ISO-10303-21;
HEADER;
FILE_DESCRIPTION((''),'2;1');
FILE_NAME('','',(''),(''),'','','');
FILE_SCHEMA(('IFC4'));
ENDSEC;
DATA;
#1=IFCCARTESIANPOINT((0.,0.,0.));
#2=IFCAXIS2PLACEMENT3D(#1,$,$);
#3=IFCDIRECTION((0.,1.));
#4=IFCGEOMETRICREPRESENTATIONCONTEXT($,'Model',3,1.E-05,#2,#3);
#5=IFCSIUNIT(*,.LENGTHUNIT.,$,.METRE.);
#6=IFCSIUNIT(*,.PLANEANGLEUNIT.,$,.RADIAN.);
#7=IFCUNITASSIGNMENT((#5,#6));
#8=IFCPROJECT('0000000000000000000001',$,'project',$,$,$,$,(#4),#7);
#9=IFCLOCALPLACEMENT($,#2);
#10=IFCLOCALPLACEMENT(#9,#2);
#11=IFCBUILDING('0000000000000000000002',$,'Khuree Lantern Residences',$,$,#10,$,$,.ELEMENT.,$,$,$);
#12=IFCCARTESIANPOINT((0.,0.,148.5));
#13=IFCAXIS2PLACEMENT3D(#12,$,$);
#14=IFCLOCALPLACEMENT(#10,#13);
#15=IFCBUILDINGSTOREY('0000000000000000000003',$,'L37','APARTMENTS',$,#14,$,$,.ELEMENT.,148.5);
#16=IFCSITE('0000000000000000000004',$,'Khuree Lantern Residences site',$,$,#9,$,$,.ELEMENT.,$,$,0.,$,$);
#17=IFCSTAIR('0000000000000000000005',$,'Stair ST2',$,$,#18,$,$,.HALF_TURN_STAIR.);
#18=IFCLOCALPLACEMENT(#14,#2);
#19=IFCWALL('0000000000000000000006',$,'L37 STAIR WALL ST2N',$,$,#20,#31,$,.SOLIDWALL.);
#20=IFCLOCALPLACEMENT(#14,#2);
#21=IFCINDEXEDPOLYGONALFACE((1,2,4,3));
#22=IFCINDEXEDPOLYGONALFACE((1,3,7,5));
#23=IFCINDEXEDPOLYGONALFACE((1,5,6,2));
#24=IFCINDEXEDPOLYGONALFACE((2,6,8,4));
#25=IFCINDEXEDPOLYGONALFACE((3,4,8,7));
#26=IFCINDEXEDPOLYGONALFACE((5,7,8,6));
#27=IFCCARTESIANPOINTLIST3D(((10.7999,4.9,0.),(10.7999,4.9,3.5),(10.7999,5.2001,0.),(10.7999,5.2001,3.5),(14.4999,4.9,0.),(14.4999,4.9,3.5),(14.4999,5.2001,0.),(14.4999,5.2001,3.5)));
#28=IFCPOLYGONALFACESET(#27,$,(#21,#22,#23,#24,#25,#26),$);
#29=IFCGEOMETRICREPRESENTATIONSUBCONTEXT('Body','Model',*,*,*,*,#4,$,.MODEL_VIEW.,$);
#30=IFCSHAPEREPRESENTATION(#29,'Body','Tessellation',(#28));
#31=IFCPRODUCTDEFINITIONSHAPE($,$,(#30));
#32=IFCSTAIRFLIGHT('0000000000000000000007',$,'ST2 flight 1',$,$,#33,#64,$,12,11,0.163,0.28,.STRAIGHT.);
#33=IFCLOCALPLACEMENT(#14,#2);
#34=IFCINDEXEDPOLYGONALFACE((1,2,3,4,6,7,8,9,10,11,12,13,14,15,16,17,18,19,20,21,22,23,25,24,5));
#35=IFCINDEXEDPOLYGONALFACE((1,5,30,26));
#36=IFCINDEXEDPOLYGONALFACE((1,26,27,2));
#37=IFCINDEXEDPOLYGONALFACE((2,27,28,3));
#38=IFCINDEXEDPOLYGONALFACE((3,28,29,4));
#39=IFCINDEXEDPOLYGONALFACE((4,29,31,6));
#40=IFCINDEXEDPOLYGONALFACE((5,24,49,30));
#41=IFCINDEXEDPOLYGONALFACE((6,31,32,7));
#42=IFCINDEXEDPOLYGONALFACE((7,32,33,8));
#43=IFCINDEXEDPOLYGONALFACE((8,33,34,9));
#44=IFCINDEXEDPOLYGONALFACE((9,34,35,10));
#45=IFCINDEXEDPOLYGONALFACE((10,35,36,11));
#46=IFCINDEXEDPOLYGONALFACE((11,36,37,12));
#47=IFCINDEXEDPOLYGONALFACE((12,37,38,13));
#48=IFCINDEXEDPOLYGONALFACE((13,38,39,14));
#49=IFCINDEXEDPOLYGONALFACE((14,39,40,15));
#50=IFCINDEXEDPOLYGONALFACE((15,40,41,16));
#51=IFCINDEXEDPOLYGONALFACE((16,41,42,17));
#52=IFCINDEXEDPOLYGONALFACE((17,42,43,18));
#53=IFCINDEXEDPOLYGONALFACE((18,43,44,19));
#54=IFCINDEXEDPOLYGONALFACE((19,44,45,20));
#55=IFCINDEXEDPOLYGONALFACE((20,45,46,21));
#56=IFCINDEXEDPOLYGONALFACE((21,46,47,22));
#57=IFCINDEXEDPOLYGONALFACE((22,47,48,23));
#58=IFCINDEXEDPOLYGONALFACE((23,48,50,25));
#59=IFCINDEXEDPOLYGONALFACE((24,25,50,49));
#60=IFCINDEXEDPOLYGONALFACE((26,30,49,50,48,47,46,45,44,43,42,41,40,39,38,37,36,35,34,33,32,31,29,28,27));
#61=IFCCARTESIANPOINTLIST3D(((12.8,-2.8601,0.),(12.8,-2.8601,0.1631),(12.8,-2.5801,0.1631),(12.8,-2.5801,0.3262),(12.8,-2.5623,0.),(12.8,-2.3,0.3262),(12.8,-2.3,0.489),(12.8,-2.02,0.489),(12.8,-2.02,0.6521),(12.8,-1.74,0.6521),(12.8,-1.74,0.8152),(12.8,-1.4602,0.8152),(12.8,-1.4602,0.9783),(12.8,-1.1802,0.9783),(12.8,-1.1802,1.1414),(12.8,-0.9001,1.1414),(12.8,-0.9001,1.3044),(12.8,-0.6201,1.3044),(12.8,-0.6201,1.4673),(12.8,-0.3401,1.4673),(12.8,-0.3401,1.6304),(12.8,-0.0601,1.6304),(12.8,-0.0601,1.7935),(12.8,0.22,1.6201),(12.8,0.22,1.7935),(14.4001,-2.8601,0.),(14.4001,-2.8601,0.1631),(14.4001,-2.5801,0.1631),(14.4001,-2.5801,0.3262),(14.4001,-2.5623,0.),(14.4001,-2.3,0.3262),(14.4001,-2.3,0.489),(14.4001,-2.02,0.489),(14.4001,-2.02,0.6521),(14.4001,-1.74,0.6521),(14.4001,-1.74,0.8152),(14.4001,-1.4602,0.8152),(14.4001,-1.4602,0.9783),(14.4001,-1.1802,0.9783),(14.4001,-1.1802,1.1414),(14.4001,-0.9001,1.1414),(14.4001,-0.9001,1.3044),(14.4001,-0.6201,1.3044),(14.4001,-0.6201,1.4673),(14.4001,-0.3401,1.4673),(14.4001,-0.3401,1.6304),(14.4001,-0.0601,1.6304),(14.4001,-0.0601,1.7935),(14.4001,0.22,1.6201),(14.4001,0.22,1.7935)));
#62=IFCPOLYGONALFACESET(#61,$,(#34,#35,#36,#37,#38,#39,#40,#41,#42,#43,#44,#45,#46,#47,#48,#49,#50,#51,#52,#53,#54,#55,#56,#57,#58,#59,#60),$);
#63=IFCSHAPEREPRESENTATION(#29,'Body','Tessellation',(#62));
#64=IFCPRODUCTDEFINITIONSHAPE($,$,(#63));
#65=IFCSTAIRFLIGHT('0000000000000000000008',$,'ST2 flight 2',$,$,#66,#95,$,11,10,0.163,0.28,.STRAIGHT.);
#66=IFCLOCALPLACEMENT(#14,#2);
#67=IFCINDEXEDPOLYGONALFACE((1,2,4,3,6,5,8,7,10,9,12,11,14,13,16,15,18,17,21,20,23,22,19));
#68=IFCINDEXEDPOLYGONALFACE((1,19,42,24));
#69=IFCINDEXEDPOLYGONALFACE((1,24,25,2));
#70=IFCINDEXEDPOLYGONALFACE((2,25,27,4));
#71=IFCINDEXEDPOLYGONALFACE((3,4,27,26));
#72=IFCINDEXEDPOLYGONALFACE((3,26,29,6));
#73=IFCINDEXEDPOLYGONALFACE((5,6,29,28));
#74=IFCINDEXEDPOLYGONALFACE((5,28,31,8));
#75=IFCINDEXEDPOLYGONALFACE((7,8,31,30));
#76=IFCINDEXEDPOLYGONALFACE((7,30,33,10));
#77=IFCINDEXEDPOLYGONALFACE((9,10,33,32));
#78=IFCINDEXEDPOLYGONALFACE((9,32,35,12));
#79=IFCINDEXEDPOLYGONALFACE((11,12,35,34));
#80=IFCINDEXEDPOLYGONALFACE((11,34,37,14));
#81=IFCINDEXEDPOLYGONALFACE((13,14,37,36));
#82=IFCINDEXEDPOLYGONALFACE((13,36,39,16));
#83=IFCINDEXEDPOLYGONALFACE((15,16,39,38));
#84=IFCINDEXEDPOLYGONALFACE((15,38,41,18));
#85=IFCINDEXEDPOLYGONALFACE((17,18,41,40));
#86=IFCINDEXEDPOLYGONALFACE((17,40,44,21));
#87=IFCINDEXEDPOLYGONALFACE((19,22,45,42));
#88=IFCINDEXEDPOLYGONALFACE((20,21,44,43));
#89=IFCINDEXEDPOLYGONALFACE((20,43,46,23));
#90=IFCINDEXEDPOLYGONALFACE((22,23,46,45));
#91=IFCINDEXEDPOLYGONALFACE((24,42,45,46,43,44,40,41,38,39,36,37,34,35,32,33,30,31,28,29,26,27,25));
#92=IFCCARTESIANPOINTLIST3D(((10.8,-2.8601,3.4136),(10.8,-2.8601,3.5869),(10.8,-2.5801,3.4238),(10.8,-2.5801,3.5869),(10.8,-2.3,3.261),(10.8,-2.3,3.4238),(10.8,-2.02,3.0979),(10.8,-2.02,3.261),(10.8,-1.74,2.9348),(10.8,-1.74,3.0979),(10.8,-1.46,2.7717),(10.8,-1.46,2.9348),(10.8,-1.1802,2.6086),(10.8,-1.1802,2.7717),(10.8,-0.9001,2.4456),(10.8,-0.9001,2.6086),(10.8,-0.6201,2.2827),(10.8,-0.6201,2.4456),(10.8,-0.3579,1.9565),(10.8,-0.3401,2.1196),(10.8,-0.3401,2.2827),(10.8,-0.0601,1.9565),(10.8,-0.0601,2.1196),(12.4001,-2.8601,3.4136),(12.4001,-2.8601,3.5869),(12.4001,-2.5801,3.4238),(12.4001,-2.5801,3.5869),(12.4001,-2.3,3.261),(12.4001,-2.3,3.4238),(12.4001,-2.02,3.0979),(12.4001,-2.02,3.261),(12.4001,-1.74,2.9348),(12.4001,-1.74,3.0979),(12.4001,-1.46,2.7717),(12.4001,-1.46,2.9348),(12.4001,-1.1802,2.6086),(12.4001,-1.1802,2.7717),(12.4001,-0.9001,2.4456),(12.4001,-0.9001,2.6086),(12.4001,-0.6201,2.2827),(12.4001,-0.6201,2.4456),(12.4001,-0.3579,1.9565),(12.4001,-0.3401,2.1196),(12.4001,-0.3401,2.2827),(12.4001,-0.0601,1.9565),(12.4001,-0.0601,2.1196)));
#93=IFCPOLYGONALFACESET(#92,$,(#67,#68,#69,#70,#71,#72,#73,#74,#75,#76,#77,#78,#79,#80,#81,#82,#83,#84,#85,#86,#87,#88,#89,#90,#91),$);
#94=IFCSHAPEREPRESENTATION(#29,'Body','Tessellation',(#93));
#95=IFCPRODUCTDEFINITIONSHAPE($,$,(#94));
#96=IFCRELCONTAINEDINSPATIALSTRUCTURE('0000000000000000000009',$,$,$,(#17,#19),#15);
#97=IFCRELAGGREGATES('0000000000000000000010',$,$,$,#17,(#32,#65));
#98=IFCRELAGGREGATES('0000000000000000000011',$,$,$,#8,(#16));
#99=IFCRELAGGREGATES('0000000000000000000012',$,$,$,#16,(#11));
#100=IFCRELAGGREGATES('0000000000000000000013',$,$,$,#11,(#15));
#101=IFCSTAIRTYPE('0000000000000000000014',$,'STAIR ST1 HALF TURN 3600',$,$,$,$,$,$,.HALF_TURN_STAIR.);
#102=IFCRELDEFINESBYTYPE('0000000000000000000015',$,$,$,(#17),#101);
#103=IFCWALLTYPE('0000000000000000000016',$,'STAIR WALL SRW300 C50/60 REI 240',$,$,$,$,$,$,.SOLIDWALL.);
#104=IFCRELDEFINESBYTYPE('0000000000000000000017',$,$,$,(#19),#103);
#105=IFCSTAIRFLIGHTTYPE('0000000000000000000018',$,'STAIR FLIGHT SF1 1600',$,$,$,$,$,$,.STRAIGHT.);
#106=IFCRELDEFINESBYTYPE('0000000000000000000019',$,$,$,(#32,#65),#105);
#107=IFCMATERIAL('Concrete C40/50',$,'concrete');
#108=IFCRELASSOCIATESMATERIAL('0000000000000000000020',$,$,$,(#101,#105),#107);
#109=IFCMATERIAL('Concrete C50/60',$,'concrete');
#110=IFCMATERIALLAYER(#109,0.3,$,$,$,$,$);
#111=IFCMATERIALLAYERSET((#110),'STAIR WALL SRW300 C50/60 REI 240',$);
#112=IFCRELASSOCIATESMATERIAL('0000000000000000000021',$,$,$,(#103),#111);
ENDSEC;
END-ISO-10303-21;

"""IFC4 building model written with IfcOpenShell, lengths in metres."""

from ifc_helpers import new_model, si_unit, direction, frame, frame_2d, origin, place, context, subcontext, project, spatial, polyline, rectangle, outline, extrude, material, layer, layer_set, type_object, element, aggregate, save


model = new_model("IFC4")

# Units and contexts
model_context = context("Model", 3, precision=1e-05, world=origin(), true_north=direction((0.0, 1.0)))
body_context = subcontext(model_context, "Body", "Model", "MODEL_VIEW")
ifc_project = project(units=[si_unit("LENGTHUNIT", "METRE"), si_unit("PLANEANGLEUNIT", "RADIAN")], contexts=[model_context])

# Site, building, storey
site_placement = place(None, origin())
site = spatial("IfcSite", under=ifc_project, at=site_placement, Name="Khuree Lantern Residences site", CompositionType="ELEMENT", RefElevation=0.0)
building_placement = place(site_placement, origin())
building = spatial("IfcBuilding", under=site, at=building_placement, Name="Khuree Lantern Residences", CompositionType="ELEMENT")
storey_placement = place(building_placement, frame((0.0, 0.0, 148.5)))
storey = spatial("IfcBuildingStorey", under=building, at=storey_placement, Name="L37", Description="APARTMENTS", CompositionType="ELEMENT", Elevation=148.5)

# Stair
ifc_material_1 = material(Name="Concrete C40/50", Category="concrete")
stair_type = type_object("IfcStairType", Name="STAIR ST1 HALF TURN 3600", PredefinedType="HALF_TURN_STAIR", material=ifc_material_1)
stair_1_placement = place(storey_placement, origin())
stair_1 = element("IfcStair", 1, at=stair_1_placement, inside=storey, type_object=stair_type, Name="Stair ST2", PredefinedType="HALF_TURN_STAIR")

# Wall
ifc_material_2 = material(Name="Concrete C50/60", Category="concrete")
ifc_layer_1 = layer(ifc_material_2, 0.3)
ifc_layer_set_1 = layer_set([ifc_layer_1], Name="STAIR WALL SRW300 C50/60 REI 240")
wall_type_1 = type_object("IfcWallType", Name="STAIR WALL SRW300 C50/60 REI 240", PredefinedType="SOLIDWALL", material=ifc_layer_set_1)
wall_1_placement = place(storey_placement, frame((14.5, 5.05, 0.0), z_axis=(0.0, 0.0, 1.0), x_axis=(-1.0, 0.0, 0.0)))
element("IfcWall", 2, at=wall_1_placement, inside=storey, type_object=wall_type_1, Name="L37 STAIR WALL ST2N", PredefinedType="SOLIDWALL", context=body_context, shape_type="SweptSolid", body=[
    extrude(rectangle(XDim=3.7, YDim=0.3, at=frame_2d((1.8501, 0.0))), origin(), (0.0, 0.0, 1.0), 3.5),
])

# Stair flights
stair_flight_type = type_object("IfcStairFlightType", Name="STAIR FLIGHT SF1 1600", PredefinedType="STRAIGHT", material=ifc_material_1)
stair_flight_1_placement = place(storey_placement, frame((13.6001, -2.8601, 0.0), z_axis=(0.0, 0.0, 1.0), x_axis=(0.0, 1.0, 0.0)))
stair_flight_1 = element("IfcStairFlight", 3, at=stair_flight_1_placement, type_object=stair_flight_type, Name="ST2 flight 1", NumberOfRisers=12, NumberOfTreads=11, PredefinedType="STRAIGHT", RiserHeight=0.163, TreadLength=0.28, context=body_context, shape_type="SweptSolid", body=[
    extrude(outline(polyline([(0.0, 0.0), (0.0, 0.1631), (0.28, 0.1631), (0.28, 0.3262), (0.5601, 0.3262), (0.5601, 0.489), (0.8401, 0.489), (0.8401, 0.6521), (1.1201, 0.6521), (1.1201, 0.8152), (1.3999, 0.8152), (1.3999, 0.9783), (1.6799, 0.9783), (1.6799, 1.1414), (1.96, 1.1414), (1.96, 1.3044), (2.24, 1.3044), (2.24, 1.4673), (2.52, 1.4673), (2.52, 1.6304), (2.8, 1.6304), (2.8, 1.7935), (3.0801, 1.7935), (3.0801, 1.9565), (3.0801, 1.6201), (0.2979, 0.0), (0.0, 0.0)])), frame((0.0, 0.8, 0.0), z_axis=(0.0, -1.0, 0.0), x_axis=(1.0, 0.0, 0.0)), (0.0, 0.0, 1.0), 1.6001),
])
stair_flight_2_placement = place(storey_placement, frame((11.6001, -0.0601, 1.9565), z_axis=(0.0, 0.0, 1.0), x_axis=(0.0, -1.0, 0.0)))
stair_flight_2 = element("IfcStairFlight", 4, at=stair_flight_2_placement, type_object=stair_flight_type, Name="ST2 flight 2", NumberOfRisers=11, NumberOfTreads=10, PredefinedType="STRAIGHT", RiserHeight=0.163, TreadLength=0.28, context=body_context, shape_type="SweptSolid", body=[
    extrude(outline(polyline([(0.0, 0.0), (0.0, 0.1631), (0.28, 0.1631), (0.28, 0.3262), (0.5601, 0.3262), (0.5601, 0.489), (0.8401, 0.489), (0.8401, 0.6521), (1.1201, 0.6521), (1.1201, 0.8152), (1.3999, 0.8152), (1.3999, 0.9783), (1.6799, 0.9783), (1.6799, 1.1414), (1.96, 1.1414), (1.96, 1.3044), (2.24, 1.3044), (2.24, 1.4673), (2.52, 1.4673), (2.52, 1.6304), (2.8, 1.6304), (2.8, 1.7935), (2.8, 1.457), (0.2979, 0.0), (0.0, 0.0)])), frame((0.0, 0.8, 0.0), z_axis=(0.0, -1.0, 0.0), x_axis=(1.0, 0.0, 0.0)), (0.0, 0.0, 1.0), 1.6001),
])
aggregate(stair_1, [stair_flight_1, stair_flight_2])

save(model, "model.ifc")
